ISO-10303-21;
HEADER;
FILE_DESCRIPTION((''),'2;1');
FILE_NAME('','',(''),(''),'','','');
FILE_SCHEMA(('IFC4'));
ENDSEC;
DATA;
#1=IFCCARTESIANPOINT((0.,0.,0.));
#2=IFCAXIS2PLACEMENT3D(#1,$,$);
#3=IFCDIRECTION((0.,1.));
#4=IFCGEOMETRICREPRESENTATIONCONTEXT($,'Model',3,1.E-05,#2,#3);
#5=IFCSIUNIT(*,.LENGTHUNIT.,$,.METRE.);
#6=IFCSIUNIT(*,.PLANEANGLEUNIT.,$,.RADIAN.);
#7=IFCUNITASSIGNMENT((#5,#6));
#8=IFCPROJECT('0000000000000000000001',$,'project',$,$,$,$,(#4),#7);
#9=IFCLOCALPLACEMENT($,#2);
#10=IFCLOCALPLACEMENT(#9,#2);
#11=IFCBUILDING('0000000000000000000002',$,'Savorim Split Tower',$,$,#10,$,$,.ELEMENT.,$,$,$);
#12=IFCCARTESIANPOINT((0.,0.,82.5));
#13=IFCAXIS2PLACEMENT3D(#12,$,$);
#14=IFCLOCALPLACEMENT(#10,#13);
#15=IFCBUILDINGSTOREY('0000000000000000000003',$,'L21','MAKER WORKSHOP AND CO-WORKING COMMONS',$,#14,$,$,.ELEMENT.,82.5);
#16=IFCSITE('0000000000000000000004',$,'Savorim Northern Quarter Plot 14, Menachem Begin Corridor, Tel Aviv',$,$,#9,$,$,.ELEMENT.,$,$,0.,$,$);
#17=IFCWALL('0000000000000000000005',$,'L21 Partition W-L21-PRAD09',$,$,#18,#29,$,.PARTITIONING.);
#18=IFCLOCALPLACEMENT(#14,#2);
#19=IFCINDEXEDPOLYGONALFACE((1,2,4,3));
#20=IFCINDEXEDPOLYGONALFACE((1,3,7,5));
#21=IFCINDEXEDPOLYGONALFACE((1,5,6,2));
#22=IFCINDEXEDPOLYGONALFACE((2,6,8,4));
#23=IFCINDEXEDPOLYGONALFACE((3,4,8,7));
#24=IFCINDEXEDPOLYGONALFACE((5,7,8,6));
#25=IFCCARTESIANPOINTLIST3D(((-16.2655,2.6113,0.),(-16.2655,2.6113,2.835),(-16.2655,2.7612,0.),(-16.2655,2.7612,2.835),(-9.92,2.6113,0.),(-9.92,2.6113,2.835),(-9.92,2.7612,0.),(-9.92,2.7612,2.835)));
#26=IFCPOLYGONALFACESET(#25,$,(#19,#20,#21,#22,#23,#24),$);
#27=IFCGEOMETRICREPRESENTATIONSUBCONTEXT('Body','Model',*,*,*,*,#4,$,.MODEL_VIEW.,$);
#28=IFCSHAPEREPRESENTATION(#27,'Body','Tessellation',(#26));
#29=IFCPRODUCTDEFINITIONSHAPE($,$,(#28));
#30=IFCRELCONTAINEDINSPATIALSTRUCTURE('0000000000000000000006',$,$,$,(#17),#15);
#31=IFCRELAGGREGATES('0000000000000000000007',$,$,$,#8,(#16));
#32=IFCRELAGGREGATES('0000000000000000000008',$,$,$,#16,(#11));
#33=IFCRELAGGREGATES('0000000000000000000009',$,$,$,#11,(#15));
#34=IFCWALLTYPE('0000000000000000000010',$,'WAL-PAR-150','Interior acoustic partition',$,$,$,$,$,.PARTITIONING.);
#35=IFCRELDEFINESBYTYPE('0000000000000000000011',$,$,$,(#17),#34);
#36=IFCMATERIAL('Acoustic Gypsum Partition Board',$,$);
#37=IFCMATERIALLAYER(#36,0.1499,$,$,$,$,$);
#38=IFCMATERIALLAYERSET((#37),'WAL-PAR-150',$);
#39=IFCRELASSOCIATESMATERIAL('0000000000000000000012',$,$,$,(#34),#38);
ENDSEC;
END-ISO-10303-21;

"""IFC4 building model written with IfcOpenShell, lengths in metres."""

from ifc_helpers import new_model, si_unit, direction, frame, frame_2d, origin, place, context, subcontext, project, spatial, rectangle, extrude, material, layer, layer_set, type_object, element, save


model = new_model("IFC4")

# Units and contexts
model_context = context("Model", 3, precision=1e-05, world=origin(), true_north=direction((0.0, 1.0)))
body_context = subcontext(model_context, "Body", "Model", "MODEL_VIEW")
ifc_project = project(units=[si_unit("LENGTHUNIT", "METRE"), si_unit("PLANEANGLEUNIT", "RADIAN")], contexts=[model_context])

# Site, building, storey
site_placement = place(None, origin())
site = spatial("IfcSite", under=ifc_project, at=site_placement, Name="Savorim Northern Quarter Plot 14, Menachem Begin Corridor, Tel Aviv", CompositionType="ELEMENT", RefElevation=0.0)
building_placement = place(site_placement, origin())
building = spatial("IfcBuilding", under=site, at=building_placement, Name="Savorim Split Tower", CompositionType="ELEMENT")
storey_placement = place(building_placement, frame((0.0, 0.0, 82.5)))
storey = spatial("IfcBuildingStorey", under=building, at=storey_placement, Name="L21", Description="MAKER WORKSHOP AND CO-WORKING COMMONS", CompositionType="ELEMENT", Elevation=82.5)

# Wall
ifc_material_1 = material(Name="Acoustic Gypsum Partition Board")
ifc_layer_1 = layer(ifc_material_1, 0.1499)
ifc_layer_set_1 = layer_set([ifc_layer_1], Name="WAL-PAR-150")
wall_type_1 = type_object("IfcWallType", Name="WAL-PAR-150", Description="Interior acoustic partition", PredefinedType="PARTITIONING", material=ifc_layer_set_1)
wall_1_placement = place(storey_placement, frame((-9.9199, 2.6863, 0.0), z_axis=(0.0, 0.0, 1.0), x_axis=(-1.0, 0.0, 0.0)))
element("IfcWall", 1, at=wall_1_placement, inside=storey, type_object=wall_type_1, Name="L21 Partition W-L21-PRAD09", PredefinedType="PARTITIONING", context=body_context, shape_type="SweptSolid", body=[
    extrude(rectangle(XDim=6.3455, YDim=0.1499, at=frame_2d((3.1729, 0.0))), origin(), (0.0, 0.0, 1.0), 2.835),
])

save(model, "model.ifc")
